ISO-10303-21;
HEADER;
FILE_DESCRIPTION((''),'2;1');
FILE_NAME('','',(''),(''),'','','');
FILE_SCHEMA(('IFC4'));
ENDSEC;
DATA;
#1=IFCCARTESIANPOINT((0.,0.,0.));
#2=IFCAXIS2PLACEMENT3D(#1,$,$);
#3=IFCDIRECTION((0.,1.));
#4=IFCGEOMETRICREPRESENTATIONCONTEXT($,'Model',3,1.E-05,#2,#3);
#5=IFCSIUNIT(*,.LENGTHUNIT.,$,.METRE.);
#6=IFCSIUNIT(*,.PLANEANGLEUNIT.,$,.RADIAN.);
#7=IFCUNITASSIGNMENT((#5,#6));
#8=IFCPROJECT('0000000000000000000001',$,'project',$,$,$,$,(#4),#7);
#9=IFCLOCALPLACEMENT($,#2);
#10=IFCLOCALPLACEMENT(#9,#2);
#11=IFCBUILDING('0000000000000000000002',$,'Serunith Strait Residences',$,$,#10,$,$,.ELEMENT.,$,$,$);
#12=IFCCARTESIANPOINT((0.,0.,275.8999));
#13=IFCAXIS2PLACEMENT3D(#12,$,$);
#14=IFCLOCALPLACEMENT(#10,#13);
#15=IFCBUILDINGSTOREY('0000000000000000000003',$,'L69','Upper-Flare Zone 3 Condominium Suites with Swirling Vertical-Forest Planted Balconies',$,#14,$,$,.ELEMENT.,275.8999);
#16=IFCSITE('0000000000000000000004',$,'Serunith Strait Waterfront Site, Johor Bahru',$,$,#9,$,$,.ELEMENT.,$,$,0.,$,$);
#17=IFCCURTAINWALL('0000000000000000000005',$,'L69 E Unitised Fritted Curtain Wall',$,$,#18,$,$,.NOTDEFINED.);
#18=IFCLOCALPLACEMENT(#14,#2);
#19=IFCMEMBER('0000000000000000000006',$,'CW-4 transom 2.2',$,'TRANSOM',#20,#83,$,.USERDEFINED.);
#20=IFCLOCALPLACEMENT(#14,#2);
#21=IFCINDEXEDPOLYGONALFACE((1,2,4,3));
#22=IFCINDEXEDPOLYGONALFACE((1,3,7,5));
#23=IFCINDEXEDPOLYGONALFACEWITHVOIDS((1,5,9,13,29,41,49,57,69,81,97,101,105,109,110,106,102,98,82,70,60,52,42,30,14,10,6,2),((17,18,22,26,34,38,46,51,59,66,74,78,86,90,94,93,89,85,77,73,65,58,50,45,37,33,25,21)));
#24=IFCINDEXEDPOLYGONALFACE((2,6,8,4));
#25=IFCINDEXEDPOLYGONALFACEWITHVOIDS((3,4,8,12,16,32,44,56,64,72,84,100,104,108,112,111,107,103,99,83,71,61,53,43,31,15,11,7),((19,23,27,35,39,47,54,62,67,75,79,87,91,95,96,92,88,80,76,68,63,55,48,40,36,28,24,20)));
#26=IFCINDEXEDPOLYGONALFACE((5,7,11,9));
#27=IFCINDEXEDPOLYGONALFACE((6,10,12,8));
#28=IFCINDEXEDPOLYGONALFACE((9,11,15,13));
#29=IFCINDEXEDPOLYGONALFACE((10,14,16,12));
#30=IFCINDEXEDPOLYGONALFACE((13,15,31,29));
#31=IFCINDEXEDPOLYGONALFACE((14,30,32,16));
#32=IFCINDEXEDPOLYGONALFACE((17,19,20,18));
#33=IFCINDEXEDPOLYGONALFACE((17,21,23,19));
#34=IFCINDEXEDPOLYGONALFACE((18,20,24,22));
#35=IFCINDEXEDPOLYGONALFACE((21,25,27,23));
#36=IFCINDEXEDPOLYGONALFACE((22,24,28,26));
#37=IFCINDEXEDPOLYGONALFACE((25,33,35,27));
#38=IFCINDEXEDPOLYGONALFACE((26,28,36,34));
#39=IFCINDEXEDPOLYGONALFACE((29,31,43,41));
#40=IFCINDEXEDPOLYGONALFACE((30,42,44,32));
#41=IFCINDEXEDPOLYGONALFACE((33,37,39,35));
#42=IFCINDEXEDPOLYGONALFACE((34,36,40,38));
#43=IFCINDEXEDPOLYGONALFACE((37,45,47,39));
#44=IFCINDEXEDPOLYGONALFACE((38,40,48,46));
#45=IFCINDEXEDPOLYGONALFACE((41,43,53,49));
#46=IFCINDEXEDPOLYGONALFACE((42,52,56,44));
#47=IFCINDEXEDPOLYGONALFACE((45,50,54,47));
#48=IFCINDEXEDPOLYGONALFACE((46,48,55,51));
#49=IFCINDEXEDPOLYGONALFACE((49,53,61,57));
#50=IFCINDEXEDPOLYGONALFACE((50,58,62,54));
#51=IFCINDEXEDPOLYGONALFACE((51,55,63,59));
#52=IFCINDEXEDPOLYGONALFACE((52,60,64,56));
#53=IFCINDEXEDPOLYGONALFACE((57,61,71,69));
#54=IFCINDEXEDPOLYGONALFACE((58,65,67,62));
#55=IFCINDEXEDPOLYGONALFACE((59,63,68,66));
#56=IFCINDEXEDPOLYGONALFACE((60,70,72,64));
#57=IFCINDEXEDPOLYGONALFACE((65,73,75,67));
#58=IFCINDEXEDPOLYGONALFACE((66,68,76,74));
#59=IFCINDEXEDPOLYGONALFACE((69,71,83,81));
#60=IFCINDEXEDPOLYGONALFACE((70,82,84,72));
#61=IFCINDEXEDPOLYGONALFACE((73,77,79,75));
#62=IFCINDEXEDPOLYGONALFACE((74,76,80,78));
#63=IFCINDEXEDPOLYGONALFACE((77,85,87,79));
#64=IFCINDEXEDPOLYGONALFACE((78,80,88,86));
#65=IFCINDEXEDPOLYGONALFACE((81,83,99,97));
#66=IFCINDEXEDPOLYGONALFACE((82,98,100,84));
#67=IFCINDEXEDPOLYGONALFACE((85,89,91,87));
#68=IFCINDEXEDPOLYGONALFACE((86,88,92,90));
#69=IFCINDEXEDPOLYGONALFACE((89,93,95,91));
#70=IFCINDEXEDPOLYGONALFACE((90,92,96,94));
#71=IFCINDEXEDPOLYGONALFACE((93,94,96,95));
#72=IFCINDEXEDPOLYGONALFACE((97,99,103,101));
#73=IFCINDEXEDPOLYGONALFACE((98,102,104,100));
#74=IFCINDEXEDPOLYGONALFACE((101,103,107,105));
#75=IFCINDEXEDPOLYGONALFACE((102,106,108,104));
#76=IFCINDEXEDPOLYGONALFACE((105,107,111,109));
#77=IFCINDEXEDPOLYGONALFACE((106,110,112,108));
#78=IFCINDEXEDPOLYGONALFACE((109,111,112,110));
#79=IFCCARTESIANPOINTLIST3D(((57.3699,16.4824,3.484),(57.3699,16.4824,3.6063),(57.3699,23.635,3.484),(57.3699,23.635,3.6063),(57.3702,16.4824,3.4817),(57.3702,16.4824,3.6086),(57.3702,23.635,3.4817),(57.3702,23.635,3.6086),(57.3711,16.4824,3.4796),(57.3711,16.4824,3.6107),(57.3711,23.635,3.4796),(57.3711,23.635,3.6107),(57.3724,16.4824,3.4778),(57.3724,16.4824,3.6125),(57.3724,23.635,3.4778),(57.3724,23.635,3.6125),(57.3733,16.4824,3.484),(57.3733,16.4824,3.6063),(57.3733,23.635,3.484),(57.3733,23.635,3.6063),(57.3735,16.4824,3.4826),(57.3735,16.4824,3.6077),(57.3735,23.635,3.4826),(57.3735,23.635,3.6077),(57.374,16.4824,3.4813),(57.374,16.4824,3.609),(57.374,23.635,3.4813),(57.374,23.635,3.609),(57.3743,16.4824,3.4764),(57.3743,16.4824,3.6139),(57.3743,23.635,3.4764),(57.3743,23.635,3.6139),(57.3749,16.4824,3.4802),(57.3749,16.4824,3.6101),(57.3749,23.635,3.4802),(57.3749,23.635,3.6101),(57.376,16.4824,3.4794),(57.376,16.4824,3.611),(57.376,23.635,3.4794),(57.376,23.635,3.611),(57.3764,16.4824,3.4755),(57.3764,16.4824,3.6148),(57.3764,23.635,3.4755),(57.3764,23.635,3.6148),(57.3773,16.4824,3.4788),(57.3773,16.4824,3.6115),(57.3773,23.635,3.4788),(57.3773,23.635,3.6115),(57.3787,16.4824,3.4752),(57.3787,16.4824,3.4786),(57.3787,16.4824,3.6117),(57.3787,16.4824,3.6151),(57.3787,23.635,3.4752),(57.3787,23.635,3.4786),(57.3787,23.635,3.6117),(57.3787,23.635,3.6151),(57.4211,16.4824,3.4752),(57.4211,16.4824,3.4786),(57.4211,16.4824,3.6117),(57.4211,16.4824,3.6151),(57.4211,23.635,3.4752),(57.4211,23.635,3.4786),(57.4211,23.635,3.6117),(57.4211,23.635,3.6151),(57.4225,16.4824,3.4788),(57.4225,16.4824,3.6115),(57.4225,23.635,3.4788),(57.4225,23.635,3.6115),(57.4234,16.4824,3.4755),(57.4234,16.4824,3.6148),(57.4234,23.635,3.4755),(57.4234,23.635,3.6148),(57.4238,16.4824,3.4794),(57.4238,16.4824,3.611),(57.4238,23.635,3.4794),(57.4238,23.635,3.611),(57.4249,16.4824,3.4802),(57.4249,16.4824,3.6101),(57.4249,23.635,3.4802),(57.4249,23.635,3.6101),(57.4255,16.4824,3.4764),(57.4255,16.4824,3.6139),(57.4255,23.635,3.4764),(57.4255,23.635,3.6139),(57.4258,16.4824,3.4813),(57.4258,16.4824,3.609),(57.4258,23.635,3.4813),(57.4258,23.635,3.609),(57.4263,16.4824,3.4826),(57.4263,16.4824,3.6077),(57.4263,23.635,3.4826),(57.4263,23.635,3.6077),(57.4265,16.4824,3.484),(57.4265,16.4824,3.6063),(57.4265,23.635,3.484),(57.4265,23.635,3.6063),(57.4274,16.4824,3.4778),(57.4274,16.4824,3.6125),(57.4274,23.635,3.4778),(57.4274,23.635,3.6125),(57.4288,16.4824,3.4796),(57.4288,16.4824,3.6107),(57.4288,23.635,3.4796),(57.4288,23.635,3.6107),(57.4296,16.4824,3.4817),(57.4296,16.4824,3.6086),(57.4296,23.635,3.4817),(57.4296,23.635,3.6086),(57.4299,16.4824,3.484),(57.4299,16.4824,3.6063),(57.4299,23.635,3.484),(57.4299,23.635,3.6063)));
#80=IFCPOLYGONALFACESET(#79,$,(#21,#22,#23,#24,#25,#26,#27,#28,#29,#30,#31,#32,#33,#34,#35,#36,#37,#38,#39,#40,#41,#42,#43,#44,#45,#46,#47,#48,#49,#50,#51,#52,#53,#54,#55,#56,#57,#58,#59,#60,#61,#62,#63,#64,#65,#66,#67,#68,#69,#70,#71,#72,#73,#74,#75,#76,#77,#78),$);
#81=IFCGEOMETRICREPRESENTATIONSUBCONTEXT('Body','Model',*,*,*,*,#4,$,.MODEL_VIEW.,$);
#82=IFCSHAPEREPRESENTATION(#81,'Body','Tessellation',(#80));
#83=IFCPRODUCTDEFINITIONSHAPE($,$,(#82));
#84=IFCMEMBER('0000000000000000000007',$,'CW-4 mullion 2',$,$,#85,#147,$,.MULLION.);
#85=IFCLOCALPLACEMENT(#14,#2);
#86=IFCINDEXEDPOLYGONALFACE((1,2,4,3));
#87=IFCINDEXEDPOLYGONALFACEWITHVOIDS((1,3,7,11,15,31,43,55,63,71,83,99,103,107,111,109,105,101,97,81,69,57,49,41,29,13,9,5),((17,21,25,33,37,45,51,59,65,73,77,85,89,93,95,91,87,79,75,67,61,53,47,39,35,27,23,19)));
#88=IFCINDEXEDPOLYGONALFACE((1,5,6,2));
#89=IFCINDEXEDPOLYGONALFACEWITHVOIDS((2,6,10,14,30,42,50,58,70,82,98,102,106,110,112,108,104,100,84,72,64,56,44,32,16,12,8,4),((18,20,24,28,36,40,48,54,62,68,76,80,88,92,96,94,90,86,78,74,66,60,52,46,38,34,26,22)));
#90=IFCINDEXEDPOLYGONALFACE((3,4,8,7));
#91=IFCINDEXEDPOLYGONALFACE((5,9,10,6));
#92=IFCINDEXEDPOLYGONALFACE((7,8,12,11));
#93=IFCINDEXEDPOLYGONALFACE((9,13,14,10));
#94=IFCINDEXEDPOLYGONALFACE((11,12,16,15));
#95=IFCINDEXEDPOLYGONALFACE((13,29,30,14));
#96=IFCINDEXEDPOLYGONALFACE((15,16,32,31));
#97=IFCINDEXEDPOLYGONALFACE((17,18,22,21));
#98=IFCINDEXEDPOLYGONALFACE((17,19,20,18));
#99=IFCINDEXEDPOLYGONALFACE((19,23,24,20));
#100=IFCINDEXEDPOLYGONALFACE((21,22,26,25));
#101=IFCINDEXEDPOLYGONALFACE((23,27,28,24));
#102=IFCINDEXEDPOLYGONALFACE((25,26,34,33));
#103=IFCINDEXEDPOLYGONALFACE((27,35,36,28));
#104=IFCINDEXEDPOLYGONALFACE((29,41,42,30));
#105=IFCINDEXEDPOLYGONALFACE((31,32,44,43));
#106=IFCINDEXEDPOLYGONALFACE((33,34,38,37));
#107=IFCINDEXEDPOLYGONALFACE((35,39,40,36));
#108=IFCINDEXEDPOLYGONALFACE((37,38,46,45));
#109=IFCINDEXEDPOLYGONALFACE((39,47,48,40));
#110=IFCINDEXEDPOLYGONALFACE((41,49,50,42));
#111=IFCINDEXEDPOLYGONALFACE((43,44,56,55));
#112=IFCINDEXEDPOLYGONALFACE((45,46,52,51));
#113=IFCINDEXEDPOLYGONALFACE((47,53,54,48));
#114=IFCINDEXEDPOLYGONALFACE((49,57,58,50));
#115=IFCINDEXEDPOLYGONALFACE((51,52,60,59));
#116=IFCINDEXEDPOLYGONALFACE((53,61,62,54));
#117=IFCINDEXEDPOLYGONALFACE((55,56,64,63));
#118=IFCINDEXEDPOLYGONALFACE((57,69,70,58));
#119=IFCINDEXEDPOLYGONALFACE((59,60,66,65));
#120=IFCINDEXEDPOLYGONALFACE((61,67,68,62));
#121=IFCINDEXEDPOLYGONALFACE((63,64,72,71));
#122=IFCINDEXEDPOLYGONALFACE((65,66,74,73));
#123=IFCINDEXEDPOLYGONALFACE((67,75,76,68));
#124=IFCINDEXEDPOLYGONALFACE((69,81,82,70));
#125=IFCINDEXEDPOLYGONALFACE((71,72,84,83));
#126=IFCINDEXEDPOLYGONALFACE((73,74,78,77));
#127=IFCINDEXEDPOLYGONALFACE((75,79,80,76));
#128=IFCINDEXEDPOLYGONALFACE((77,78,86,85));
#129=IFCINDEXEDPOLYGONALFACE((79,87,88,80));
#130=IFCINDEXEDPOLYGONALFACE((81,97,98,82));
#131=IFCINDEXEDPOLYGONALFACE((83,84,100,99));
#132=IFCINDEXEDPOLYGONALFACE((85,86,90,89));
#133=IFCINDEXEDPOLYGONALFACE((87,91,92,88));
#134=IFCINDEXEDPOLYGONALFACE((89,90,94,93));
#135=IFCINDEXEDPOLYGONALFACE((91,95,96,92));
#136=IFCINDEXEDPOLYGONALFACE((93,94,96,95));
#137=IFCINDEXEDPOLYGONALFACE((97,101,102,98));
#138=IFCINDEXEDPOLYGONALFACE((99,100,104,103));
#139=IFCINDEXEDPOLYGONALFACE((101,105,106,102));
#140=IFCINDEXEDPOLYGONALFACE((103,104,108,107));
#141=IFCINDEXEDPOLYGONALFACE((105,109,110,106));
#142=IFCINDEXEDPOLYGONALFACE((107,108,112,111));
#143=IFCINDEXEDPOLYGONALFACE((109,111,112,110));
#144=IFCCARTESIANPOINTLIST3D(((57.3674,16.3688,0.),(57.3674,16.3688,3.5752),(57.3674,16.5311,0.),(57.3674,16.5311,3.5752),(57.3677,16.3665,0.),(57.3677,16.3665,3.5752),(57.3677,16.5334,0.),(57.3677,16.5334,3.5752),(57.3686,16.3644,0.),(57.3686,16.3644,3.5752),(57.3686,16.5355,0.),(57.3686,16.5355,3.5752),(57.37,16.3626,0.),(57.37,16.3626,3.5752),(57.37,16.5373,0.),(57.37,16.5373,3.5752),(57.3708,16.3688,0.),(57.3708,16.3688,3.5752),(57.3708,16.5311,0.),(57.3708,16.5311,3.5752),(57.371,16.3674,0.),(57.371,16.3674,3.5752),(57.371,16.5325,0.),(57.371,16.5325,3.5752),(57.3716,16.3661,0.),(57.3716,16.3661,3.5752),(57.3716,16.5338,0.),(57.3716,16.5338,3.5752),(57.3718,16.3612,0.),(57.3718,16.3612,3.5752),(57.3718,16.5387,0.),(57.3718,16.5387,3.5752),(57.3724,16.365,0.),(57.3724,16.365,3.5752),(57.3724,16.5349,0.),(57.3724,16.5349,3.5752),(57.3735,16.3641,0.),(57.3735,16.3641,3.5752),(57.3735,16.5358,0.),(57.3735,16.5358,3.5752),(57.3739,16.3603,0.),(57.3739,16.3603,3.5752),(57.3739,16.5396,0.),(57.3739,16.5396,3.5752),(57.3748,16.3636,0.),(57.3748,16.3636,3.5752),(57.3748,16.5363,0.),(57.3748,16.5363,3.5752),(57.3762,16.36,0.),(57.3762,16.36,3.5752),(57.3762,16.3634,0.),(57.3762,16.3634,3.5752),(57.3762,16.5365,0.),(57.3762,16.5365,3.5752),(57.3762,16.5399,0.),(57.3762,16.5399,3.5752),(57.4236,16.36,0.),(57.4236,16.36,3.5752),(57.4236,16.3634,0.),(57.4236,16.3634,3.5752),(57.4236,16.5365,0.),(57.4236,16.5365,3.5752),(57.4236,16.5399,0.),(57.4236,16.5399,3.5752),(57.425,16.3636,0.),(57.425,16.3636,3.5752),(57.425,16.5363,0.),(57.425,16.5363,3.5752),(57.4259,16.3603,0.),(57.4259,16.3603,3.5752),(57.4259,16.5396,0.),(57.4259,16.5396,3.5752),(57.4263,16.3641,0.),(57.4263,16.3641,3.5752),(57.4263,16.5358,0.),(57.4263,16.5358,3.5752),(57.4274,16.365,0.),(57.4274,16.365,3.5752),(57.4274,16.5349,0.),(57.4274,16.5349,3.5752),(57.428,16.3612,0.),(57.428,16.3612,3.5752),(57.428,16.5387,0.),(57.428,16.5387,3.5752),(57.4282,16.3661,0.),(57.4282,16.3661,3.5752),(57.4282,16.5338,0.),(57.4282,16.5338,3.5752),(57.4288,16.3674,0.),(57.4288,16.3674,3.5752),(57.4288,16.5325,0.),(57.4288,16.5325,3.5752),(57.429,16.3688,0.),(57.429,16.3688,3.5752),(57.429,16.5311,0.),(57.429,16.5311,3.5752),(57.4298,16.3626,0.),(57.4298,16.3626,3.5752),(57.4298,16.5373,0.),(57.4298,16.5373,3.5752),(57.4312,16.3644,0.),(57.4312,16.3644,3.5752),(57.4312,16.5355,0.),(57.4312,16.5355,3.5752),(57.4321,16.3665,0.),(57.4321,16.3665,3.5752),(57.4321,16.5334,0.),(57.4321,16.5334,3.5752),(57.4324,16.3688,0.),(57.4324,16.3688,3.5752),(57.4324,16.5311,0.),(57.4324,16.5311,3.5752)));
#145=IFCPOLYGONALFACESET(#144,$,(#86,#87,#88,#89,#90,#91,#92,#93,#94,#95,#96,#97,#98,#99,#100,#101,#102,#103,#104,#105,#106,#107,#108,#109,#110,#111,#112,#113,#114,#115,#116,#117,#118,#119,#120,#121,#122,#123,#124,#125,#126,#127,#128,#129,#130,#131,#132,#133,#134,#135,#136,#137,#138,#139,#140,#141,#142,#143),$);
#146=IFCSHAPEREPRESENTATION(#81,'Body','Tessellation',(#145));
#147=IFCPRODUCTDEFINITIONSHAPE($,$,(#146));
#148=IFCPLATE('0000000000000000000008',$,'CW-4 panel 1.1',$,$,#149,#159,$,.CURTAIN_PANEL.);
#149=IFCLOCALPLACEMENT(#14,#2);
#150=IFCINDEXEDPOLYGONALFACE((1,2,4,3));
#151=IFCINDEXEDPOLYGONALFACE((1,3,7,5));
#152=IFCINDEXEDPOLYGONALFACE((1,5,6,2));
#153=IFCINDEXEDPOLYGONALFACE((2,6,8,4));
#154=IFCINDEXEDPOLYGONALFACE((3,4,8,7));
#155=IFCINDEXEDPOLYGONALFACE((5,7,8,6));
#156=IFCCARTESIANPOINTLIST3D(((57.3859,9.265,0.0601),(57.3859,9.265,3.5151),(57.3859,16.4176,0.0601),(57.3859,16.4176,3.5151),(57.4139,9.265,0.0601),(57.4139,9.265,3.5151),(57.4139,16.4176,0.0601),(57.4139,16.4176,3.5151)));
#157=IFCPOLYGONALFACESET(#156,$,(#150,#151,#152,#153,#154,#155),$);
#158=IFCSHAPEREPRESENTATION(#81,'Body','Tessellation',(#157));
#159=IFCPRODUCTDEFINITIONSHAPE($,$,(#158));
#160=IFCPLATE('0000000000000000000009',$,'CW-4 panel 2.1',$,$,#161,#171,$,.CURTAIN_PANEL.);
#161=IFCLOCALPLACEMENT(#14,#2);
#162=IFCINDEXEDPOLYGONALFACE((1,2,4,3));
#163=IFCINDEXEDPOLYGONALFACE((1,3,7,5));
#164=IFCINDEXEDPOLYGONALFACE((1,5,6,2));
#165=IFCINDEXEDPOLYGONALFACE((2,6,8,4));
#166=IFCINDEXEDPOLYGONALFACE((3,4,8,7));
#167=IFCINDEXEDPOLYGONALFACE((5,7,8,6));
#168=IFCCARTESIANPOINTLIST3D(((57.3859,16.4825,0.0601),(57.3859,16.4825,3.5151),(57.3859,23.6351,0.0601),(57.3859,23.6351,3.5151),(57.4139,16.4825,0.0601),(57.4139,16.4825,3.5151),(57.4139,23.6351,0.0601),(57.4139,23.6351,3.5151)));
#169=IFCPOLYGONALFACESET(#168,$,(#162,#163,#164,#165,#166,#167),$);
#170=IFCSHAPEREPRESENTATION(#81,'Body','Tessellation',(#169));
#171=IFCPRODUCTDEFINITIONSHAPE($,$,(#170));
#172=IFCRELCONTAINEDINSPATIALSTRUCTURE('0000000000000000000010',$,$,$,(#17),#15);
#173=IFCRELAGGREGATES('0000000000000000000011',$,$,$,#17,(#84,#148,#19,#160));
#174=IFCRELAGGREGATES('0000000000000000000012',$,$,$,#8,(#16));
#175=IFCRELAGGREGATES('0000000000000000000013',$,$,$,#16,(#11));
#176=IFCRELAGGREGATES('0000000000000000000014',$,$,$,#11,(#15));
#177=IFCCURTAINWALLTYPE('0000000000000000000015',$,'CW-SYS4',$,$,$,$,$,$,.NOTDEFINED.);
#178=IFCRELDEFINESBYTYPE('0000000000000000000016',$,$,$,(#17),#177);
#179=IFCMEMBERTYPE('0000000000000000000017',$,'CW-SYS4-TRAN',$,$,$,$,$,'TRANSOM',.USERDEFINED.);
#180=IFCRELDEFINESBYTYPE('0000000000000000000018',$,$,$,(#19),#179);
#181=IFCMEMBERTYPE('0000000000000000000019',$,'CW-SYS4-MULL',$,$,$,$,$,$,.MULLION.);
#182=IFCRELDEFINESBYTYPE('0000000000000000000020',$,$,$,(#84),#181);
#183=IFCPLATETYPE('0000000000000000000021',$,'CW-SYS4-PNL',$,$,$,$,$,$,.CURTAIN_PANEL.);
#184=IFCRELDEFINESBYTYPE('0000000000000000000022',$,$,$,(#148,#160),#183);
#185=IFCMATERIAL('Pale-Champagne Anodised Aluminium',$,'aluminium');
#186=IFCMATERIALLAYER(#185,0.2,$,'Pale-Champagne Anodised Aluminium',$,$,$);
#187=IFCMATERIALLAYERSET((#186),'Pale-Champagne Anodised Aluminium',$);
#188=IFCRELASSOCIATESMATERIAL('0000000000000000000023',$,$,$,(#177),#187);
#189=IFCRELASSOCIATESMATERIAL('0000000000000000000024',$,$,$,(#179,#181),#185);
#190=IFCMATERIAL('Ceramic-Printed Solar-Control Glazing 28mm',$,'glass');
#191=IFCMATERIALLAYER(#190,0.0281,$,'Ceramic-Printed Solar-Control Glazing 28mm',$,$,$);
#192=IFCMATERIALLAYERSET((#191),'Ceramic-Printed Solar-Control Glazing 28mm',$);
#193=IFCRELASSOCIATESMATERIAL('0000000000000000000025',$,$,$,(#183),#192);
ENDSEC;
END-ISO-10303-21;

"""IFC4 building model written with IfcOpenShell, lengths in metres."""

from ifc_helpers import new_model, si_unit, direction, frame, origin, origin_2d, place, context, subcontext, project, spatial, rectangle, hollow_rectangle, extrude, source, transform, mapped, material, layer, layer_set, material_profile, profile_set, type_object, element, aggregate, save


model = new_model("IFC4")

# Units and contexts
model_context = context("Model", 3, precision=1e-05, world=origin(), true_north=direction((0.0, 1.0)))
body_context = subcontext(model_context, "Body", "Model", "MODEL_VIEW")
ifc_project = project(units=[si_unit("LENGTHUNIT", "METRE"), si_unit("PLANEANGLEUNIT", "RADIAN")], contexts=[model_context])

# Site, building, storey
site_placement = place(None, origin())
site = spatial("IfcSite", under=ifc_project, at=site_placement, Name="Serunith Strait Waterfront Site, Johor Bahru", CompositionType="ELEMENT", RefElevation=0.0)
building_placement = place(site_placement, origin())
building = spatial("IfcBuilding", under=site, at=building_placement, Name="Serunith Strait Residences", CompositionType="ELEMENT")
storey_placement = place(building_placement, frame((0.0, 0.0, 275.8999)))
storey = spatial("IfcBuildingStorey", under=building, at=storey_placement, Name="L69", Description="Upper-Flare Zone 3 Condominium Suites with Swirling Vertical-Forest Planted Balconies", CompositionType="ELEMENT", Elevation=275.8999)

# Curtain wall, members, plates
ifc_material_1 = material(Name="Pale-Champagne Anodised Aluminium", Category="aluminium")
ifc_layer_1 = layer(ifc_material_1, 0.2, Name="Pale-Champagne Anodised Aluminium")
ifc_layer_set_1 = layer_set([ifc_layer_1], Name="Pale-Champagne Anodised Aluminium")
curtain_wall_type = type_object("IfcCurtainWallType", Name="CW-SYS4", PredefinedType="NOTDEFINED", material=ifc_layer_set_1)
curtain_wall_placement = place(storey_placement, origin())
curtain_wall = element("IfcCurtainWall", 1, at=curtain_wall_placement, inside=storey, type_object=curtain_wall_type, Name="L69 E Unitised Fritted Curtain Wall", PredefinedType="NOTDEFINED")
ifc_material_profile_1 = material_profile(ifc_material_1, hollow_rectangle(XDim=0.0601, YDim=0.1399, WallThickness=0.0034, InnerFilletRadius=0.0054, OuterFilletRadius=0.0088, at=origin_2d()), Name="ALU 140x60x3.5")
ifc_profile_set_1 = profile_set([ifc_material_profile_1], Name="Pale-Champagne Anodised Aluminium")
member_type_1 = type_object("IfcMemberType", Name="CW-SYS4-TRAN", ElementType="TRANSOM", PredefinedType="USERDEFINED", material=ifc_profile_set_1)
shared_shape_1 = source(origin(), body_context, "Body", "SweptSolid", [
    extrude(hollow_rectangle(XDim=0.0601, YDim=0.1399, WallThickness=0.0034, InnerFilletRadius=0.0054, OuterFilletRadius=0.0088, at=origin_2d()), origin(), (0.0, 0.0, 1.0), 7.1526),
])
member_1_placement = place(storey_placement, frame((57.3999, 16.4824, 3.5452), z_axis=(0.0, 1.0, 0.0), x_axis=(-1.0, 0.0, 0.0)))
member_1 = element("IfcMember", 2, at=member_1_placement, type_object=member_type_1, Name="CW-4 transom 2.2", ObjectType="TRANSOM", PredefinedType="USERDEFINED", context=body_context, shape_type="MappedRepresentation", body=[
    mapped(shared_shape_1, transform((0.0, 0.0, 0.0), scale=1.0)),
])
ifc_material_profile_2 = material_profile(ifc_material_1, hollow_rectangle(XDim=0.0649, YDim=0.1799, WallThickness=0.0034, InnerFilletRadius=0.0054, OuterFilletRadius=0.0088, at=origin_2d()), Name="ALU 180x65x3.5")
ifc_profile_set_2 = profile_set([ifc_material_profile_2], Name="Pale-Champagne Anodised Aluminium")
member_type_2 = type_object("IfcMemberType", Name="CW-SYS4-MULL", PredefinedType="MULLION", material=ifc_profile_set_2)
shared_shape_2 = source(origin(), body_context, "Body", "SweptSolid", [
    extrude(hollow_rectangle(XDim=0.0649, YDim=0.1799, WallThickness=0.0034, InnerFilletRadius=0.0054, OuterFilletRadius=0.0088, at=origin_2d()), origin(), (0.0, 0.0, 1.0), 3.5752),
])
member_2_placement = place(storey_placement, frame((57.3999, 16.45, 0.0), z_axis=(0.0, 0.0, 1.0), x_axis=(-1.0, 0.0, 0.0)))
member_2 = element("IfcMember", 3, at=member_2_placement, type_object=member_type_2, Name="CW-4 mullion 2", PredefinedType="MULLION", context=body_context, shape_type="MappedRepresentation", body=[
    mapped(shared_shape_2, transform((0.0, 0.0, 0.0), scale=1.0)),
])
ifc_material_2 = material(Name="Ceramic-Printed Solar-Control Glazing 28mm", Category="glass")
ifc_layer_2 = layer(ifc_material_2, 0.0281, Name="Ceramic-Printed Solar-Control Glazing 28mm")
ifc_layer_set_2 = layer_set([ifc_layer_2], Name="Ceramic-Printed Solar-Control Glazing 28mm")
plate_type = type_object("IfcPlateType", Name="CW-SYS4-PNL", PredefinedType="CURTAIN_PANEL", material=ifc_layer_set_2)
shared_shape_3 = source(origin(), body_context, "Body", "SweptSolid", [
    extrude(rectangle(XDim=7.1526, YDim=0.0281, at=origin_2d()), origin(), (0.0, 0.0, 1.0), 3.4551),
])
plate_1_placement = place(storey_placement, frame((57.3999, 12.8413, 0.0601), z_axis=(0.0, 0.0, 1.0), x_axis=(0.0, 1.0, 0.0)))
plate_1 = element("IfcPlate", 4, at=plate_1_placement, type_object=plate_type, Name="CW-4 panel 1.1", PredefinedType="CURTAIN_PANEL", context=body_context, shape_type="MappedRepresentation", body=[
    mapped(shared_shape_3, transform((0.0, 0.0, 0.0), scale=1.0)),
])
plate_2_placement = place(storey_placement, frame((57.3999, 20.0588, 0.0601), z_axis=(0.0, 0.0, 1.0), x_axis=(0.0, 1.0, 0.0)))
plate_2 = element("IfcPlate", 5, at=plate_2_placement, type_object=plate_type, Name="CW-4 panel 2.1", PredefinedType="CURTAIN_PANEL", context=body_context, shape_type="MappedRepresentation", body=[
    mapped(shared_shape_3, transform((0.0, 0.0, 0.0), scale=1.0)),
])
aggregate(curtain_wall, [member_2, plate_1, member_1, plate_2])

save(model, "model.ifc")
